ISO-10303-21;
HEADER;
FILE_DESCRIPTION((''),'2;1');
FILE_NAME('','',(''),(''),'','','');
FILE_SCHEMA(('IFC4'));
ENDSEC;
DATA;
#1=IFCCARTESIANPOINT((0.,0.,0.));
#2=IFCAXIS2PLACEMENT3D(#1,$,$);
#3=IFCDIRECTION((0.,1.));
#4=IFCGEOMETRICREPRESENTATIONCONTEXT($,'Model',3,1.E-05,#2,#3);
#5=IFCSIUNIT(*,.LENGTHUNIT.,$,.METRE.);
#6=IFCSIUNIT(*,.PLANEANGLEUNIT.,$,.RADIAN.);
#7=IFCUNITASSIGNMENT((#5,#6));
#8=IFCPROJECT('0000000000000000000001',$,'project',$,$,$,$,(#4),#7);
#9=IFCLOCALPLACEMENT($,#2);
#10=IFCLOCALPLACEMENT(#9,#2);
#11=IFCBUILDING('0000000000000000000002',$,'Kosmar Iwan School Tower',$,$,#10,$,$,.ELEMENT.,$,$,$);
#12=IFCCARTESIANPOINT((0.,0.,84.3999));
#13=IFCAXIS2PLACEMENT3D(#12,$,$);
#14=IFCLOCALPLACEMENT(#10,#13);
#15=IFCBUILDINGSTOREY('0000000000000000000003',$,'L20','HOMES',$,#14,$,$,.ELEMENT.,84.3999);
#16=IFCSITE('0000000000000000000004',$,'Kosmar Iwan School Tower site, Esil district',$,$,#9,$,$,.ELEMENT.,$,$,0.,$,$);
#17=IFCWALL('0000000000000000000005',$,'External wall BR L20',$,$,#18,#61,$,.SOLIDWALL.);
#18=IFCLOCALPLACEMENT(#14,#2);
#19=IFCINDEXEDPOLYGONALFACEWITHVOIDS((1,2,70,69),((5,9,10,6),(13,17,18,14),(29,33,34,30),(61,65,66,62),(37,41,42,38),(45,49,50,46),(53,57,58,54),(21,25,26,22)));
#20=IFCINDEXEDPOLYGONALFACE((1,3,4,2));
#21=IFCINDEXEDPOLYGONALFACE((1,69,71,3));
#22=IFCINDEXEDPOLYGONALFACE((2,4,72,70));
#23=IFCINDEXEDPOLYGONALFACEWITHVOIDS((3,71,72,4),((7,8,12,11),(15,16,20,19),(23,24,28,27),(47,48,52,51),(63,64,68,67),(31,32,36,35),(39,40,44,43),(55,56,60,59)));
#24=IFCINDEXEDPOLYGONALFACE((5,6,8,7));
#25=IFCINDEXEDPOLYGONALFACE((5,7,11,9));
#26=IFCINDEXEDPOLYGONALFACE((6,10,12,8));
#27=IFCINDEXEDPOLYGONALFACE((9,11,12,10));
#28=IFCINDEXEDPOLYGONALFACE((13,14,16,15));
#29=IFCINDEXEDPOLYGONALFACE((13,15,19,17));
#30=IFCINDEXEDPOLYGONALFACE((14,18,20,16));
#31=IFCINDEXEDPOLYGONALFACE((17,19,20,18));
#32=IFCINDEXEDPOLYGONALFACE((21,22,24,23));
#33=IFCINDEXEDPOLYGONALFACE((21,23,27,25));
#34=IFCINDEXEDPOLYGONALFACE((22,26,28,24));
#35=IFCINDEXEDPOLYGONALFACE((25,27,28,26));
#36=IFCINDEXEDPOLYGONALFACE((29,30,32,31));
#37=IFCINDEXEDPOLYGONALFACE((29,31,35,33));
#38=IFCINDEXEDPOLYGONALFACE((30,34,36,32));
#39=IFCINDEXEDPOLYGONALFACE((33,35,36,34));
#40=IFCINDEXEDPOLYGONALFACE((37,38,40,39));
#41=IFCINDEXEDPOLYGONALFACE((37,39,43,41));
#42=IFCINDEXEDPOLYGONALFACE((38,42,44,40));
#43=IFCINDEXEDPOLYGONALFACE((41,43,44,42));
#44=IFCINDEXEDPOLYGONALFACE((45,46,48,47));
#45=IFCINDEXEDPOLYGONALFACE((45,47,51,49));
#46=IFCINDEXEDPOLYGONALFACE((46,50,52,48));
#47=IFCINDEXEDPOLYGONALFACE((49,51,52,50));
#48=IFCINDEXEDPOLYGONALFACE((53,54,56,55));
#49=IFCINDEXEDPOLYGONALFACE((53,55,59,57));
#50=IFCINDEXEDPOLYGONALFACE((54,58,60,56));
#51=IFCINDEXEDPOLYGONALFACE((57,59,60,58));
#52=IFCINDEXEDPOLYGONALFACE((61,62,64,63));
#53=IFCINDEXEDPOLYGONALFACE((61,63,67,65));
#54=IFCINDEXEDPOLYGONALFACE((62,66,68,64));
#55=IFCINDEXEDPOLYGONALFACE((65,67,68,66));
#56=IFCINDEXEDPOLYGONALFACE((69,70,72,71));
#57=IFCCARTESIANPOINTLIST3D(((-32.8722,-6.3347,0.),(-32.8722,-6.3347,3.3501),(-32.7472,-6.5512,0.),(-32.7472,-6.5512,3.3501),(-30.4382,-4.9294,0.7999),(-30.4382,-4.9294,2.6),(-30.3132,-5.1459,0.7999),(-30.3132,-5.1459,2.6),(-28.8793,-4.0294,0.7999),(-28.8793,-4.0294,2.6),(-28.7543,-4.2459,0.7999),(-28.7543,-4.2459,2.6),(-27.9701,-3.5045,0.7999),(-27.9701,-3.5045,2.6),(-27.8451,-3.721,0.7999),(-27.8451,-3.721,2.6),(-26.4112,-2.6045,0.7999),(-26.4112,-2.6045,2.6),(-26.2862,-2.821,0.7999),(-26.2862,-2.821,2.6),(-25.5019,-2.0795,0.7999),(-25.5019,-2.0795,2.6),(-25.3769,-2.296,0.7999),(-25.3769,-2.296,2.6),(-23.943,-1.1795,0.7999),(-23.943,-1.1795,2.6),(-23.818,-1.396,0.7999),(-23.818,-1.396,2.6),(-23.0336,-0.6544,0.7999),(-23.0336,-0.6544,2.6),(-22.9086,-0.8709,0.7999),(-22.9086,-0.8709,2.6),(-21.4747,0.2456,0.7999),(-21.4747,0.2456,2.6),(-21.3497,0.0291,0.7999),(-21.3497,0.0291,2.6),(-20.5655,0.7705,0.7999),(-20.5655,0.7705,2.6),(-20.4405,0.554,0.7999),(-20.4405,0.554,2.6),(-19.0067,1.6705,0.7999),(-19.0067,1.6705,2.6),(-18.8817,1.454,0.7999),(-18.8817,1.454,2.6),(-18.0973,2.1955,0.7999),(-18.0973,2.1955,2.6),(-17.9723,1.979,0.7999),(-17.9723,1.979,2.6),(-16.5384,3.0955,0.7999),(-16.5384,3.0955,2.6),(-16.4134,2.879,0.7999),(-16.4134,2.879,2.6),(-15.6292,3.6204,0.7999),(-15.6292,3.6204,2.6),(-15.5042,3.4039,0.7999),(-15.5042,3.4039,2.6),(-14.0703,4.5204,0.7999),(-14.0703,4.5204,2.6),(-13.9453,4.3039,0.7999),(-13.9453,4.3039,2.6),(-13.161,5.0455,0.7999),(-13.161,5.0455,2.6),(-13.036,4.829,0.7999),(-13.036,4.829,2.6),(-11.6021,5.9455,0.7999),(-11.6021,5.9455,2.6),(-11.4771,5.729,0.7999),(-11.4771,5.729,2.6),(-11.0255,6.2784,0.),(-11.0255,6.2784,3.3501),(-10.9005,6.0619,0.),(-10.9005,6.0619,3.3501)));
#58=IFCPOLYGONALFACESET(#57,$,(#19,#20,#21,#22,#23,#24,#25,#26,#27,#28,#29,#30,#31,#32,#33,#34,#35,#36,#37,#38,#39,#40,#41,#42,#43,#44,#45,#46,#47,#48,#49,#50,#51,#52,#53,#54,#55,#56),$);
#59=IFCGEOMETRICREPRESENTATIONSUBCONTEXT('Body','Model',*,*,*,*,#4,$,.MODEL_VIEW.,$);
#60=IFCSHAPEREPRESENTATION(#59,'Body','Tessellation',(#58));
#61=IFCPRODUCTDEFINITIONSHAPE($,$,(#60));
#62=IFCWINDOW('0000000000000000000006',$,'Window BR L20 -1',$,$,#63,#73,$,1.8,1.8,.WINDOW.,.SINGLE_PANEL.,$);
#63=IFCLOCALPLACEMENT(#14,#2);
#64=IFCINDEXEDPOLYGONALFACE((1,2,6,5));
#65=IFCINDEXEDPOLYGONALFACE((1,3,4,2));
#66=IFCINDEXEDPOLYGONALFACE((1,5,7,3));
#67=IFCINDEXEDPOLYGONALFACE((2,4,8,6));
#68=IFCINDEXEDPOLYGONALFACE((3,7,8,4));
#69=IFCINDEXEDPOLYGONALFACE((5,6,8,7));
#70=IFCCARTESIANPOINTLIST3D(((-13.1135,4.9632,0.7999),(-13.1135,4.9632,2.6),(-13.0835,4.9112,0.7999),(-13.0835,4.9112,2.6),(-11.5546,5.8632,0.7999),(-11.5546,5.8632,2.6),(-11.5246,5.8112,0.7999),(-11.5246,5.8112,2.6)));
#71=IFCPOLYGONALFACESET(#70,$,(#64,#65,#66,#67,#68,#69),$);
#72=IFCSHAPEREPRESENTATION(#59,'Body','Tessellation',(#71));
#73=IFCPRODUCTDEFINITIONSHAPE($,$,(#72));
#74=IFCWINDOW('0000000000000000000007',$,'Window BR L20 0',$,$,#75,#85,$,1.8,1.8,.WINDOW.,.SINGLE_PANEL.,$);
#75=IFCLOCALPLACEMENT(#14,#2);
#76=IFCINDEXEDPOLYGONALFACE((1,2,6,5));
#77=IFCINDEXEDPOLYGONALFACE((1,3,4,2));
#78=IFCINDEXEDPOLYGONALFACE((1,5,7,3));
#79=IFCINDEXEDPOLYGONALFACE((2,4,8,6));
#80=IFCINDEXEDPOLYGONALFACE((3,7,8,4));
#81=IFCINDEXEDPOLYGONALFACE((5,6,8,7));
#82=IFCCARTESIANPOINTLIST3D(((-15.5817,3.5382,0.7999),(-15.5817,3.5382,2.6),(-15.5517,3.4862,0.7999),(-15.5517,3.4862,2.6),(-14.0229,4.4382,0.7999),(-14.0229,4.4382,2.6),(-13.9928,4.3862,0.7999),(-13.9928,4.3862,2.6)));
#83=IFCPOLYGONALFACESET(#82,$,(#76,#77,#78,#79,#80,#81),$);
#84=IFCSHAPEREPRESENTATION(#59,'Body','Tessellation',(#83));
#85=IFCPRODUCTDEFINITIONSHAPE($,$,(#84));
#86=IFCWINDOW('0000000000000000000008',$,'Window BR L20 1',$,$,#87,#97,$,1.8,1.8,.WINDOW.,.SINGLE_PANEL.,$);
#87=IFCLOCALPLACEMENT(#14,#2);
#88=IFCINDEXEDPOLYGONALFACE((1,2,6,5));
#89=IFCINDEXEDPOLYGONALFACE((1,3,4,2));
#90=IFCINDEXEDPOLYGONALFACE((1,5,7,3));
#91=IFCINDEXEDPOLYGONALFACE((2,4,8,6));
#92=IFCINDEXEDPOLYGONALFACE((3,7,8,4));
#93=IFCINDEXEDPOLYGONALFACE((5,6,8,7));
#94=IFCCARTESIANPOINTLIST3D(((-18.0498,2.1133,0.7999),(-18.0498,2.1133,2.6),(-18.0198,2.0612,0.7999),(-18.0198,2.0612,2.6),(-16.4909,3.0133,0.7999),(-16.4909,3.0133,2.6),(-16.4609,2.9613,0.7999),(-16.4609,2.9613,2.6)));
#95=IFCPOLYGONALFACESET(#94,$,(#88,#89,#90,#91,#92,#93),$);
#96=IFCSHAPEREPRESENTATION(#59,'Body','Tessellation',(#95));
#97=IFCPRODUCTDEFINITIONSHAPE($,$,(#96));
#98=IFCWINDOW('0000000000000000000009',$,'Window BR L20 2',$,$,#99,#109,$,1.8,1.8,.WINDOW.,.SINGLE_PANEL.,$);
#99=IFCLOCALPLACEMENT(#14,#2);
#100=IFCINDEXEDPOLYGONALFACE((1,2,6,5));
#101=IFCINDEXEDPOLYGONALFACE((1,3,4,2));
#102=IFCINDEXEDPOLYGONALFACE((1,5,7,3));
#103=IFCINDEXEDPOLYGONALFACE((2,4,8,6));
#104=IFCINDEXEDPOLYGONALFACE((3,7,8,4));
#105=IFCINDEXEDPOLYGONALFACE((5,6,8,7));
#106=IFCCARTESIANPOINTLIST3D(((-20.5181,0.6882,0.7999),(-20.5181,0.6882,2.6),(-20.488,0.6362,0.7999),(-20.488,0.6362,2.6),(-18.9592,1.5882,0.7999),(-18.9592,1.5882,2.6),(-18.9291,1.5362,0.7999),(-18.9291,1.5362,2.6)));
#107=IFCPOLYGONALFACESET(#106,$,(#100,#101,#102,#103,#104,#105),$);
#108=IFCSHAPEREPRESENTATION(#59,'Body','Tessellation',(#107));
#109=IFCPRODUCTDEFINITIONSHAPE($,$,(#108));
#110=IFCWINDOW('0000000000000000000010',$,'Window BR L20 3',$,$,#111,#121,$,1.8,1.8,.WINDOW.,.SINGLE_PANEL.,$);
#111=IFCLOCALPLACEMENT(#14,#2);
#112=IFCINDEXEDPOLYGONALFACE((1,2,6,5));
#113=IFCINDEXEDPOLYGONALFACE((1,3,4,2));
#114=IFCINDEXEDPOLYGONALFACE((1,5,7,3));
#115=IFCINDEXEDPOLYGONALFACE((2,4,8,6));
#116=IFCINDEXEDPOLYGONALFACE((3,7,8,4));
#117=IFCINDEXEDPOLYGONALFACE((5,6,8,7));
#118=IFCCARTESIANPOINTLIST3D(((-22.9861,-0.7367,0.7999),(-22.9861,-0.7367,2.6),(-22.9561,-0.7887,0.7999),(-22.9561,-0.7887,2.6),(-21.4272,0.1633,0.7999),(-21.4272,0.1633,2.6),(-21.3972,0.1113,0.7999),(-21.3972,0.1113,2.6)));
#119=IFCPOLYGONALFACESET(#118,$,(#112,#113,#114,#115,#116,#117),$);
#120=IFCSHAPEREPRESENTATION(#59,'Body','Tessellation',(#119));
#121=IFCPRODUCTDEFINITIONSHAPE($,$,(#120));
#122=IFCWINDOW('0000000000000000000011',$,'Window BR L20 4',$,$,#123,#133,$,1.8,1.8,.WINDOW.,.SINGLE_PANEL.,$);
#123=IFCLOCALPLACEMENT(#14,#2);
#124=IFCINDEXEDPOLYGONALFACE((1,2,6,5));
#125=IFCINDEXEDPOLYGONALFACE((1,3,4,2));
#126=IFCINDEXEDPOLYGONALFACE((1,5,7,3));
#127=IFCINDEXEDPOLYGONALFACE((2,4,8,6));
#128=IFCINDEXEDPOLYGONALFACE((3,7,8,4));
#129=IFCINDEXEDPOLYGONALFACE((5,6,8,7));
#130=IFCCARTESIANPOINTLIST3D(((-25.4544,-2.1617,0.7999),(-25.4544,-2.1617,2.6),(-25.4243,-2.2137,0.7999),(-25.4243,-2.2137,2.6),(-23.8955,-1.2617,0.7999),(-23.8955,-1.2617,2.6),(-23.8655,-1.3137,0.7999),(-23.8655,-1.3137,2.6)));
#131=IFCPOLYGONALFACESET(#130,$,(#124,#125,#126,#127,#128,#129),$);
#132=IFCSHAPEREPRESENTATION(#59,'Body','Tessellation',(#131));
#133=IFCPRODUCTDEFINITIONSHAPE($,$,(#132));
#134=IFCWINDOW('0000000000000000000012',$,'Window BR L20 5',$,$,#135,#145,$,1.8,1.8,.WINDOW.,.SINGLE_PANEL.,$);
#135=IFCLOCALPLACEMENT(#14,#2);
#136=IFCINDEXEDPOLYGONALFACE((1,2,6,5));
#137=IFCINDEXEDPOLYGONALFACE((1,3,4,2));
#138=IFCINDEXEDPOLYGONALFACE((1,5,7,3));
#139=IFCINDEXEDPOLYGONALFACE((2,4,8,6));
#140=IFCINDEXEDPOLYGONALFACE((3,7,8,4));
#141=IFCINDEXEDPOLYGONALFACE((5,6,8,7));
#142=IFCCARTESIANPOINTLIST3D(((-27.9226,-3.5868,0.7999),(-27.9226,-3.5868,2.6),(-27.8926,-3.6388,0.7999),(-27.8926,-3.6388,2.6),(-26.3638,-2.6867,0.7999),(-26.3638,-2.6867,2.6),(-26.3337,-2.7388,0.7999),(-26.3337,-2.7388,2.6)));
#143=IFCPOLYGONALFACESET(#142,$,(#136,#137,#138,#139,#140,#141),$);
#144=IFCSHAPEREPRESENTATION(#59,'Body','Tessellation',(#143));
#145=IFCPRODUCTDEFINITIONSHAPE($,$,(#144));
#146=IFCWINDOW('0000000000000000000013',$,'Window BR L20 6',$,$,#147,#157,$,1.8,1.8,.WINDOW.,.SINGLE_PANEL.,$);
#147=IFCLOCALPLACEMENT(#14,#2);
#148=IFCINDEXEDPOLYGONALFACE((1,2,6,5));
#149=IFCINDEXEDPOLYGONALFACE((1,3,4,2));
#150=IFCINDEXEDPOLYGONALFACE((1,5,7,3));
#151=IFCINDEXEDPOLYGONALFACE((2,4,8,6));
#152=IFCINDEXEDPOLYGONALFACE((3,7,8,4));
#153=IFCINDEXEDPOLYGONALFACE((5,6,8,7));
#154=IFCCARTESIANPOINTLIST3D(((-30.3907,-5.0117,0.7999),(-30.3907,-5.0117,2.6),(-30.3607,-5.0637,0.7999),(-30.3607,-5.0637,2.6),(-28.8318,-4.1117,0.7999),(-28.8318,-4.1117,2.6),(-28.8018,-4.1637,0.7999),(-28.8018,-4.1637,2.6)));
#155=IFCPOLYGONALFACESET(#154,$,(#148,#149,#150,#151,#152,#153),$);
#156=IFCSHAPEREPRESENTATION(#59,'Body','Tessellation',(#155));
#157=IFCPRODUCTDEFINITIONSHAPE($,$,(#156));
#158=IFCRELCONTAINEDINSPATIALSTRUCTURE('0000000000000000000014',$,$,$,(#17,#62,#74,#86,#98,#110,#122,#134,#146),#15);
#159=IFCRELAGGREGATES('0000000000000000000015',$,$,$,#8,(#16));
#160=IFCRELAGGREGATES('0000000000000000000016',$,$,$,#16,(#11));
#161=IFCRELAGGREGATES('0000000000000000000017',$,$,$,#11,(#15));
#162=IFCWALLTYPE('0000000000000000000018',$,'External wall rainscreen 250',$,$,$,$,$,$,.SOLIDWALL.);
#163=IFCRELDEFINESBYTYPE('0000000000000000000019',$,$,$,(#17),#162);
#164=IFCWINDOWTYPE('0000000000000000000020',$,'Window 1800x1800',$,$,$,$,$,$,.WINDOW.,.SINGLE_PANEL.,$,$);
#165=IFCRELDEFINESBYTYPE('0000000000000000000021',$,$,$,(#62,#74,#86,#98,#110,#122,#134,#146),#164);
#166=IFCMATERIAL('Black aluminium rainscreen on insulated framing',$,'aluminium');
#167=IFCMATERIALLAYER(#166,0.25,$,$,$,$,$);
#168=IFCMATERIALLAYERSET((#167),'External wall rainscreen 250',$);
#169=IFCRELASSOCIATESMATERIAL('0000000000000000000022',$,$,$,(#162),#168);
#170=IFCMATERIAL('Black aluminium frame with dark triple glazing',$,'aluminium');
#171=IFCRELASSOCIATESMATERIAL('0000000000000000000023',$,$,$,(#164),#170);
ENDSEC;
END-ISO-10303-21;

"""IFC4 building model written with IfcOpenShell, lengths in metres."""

from ifc_helpers import new_model, si_unit, direction, frame, frame_2d, origin, place, context, subcontext, project, spatial, rectangle, extrude, material, layer, layer_set, type_object, element, fill, save


model = new_model("IFC4")

# Units and contexts
model_context = context("Model", 3, precision=1e-05, world=origin(), true_north=direction((0.0, 1.0)))
body_context = subcontext(model_context, "Body", "Model", "MODEL_VIEW")
ifc_project = project(units=[si_unit("LENGTHUNIT", "METRE"), si_unit("PLANEANGLEUNIT", "RADIAN")], contexts=[model_context])

# Site, building, storey
site_placement = place(None, origin())
site = spatial("IfcSite", under=ifc_project, at=site_placement, Name="Kosmar Iwan School Tower site, Esil district", CompositionType="ELEMENT", RefElevation=0.0)
building_placement = place(site_placement, origin())
building = spatial("IfcBuilding", under=site, at=building_placement, Name="Kosmar Iwan School Tower", CompositionType="ELEMENT")
storey_placement = place(building_placement, frame((0.0, 0.0, 84.3999)))
storey = spatial("IfcBuildingStorey", under=building, at=storey_placement, Name="L20", Description="HOMES", CompositionType="ELEMENT", Elevation=84.3999)

# Wall, openings, windows
ifc_material_1 = material(Name="Black aluminium rainscreen on insulated framing", Category="aluminium")
ifc_layer = layer(ifc_material_1, 0.25)
ifc_layer_set = layer_set([ifc_layer], Name="External wall rainscreen 250")
wall_type = type_object("IfcWallType", Name="External wall rainscreen 250", PredefinedType="SOLIDWALL", material=ifc_layer_set)
ifc_material_2 = material(Name="Black aluminium frame with dark triple glazing", Category="aluminium")
window_type = type_object("IfcWindowType", Name="Window 1800x1800", PartitioningType="SINGLE_PANEL", PredefinedType="WINDOW", material=ifc_material_2)
wall_1_placement = place(storey_placement, frame((-10.9629, 6.1702, 0.0), z_axis=(0.0, 0.0, 1.0), x_axis=(-0.866028, -0.499996, 0.0)))
wall_1 = element("IfcWall", 1, at=wall_1_placement, inside=storey, type_object=wall_type, Name="External wall BR L20", PredefinedType="SOLIDWALL", context=body_context, shape_type="SweptSolid", body=[
    extrude(rectangle(XDim=25.2263, YDim=0.25, at=frame_2d((12.6133, 0.0))), origin(), (0.0, 0.0, 1.0), 3.3501),
])
opening_1_placement = place(wall_1_placement, frame((0.666, 0.0, 0.8)))
opening_1 = element("IfcOpeningElement", 2, at=opening_1_placement, cuts=wall_1, PredefinedType="OPENING", context=body_context, shape_type="SweptSolid", body=[
    extrude(rectangle(XDim=1.8, YDim=1.8, at=frame_2d((0.8999, 0.8999))), frame((0.0, 0.137, 0.0), z_axis=(0.0, -1.0, 0.0), x_axis=(1.0, 0.0, 0.0)), (0.0, 0.0, 1.0), 0.2739),
])
opening_2_placement = place(wall_1_placement, frame((3.5161, 0.0, 0.8)))
opening_2 = element("IfcOpeningElement", 3, at=opening_2_placement, cuts=wall_1, PredefinedType="OPENING", context=body_context, shape_type="SweptSolid", body=[
    extrude(rectangle(XDim=1.8, YDim=1.8, at=frame_2d((0.8999, 0.8999))), frame((0.0, 0.137, 0.0), z_axis=(0.0, -1.0, 0.0), x_axis=(1.0, 0.0, 0.0)), (0.0, 0.0, 1.0), 0.2739),
])
opening_3_placement = place(wall_1_placement, frame((6.366, 0.0, 0.8)))
opening_3 = element("IfcOpeningElement", 4, at=opening_3_placement, cuts=wall_1, PredefinedType="OPENING", context=body_context, shape_type="SweptSolid", body=[
    extrude(rectangle(XDim=1.8, YDim=1.8, at=frame_2d((0.8999, 0.8999))), frame((0.0, 0.137, 0.0), z_axis=(0.0, -1.0, 0.0), x_axis=(1.0, 0.0, 0.0)), (0.0, 0.0, 1.0), 0.2739),
])
opening_4_placement = place(wall_1_placement, frame((9.2161, 0.0, 0.8)))
opening_4 = element("IfcOpeningElement", 5, at=opening_4_placement, cuts=wall_1, PredefinedType="OPENING", context=body_context, shape_type="SweptSolid", body=[
    extrude(rectangle(XDim=1.8, YDim=1.8, at=frame_2d((0.8999, 0.8999))), frame((0.0, 0.137, 0.0), z_axis=(0.0, -1.0, 0.0), x_axis=(1.0, 0.0, 0.0)), (0.0, 0.0, 1.0), 0.2739),
])
opening_5_placement = place(wall_1_placement, frame((12.0659, 0.0, 0.8)))
opening_5 = element("IfcOpeningElement", 6, at=opening_5_placement, cuts=wall_1, PredefinedType="OPENING", context=body_context, shape_type="SweptSolid", body=[
    extrude(rectangle(XDim=1.8, YDim=1.8, at=frame_2d((0.8999, 0.8999))), frame((0.0, 0.137, 0.0), z_axis=(0.0, -1.0, 0.0), x_axis=(1.0, 0.0, 0.0)), (0.0, 0.0, 1.0), 0.2739),
])
opening_6_placement = place(wall_1_placement, frame((14.916, 0.0, 0.8)))
opening_6 = element("IfcOpeningElement", 7, at=opening_6_placement, cuts=wall_1, PredefinedType="OPENING", context=body_context, shape_type="SweptSolid", body=[
    extrude(rectangle(XDim=1.8, YDim=1.8, at=frame_2d((0.8999, 0.8999))), frame((0.0, 0.137, 0.0), z_axis=(0.0, -1.0, 0.0), x_axis=(1.0, 0.0, 0.0)), (0.0, 0.0, 1.0), 0.2739),
])
opening_7_placement = place(wall_1_placement, frame((17.7661, 0.0, 0.8)))
opening_7 = element("IfcOpeningElement", 8, at=opening_7_placement, cuts=wall_1, PredefinedType="OPENING", context=body_context, shape_type="SweptSolid", body=[
    extrude(rectangle(XDim=1.8, YDim=1.8, at=frame_2d((0.8999, 0.8999))), frame((0.0, 0.137, 0.0), z_axis=(0.0, -1.0, 0.0), x_axis=(1.0, 0.0, 0.0)), (0.0, 0.0, 1.0), 0.2739),
])
opening_8_placement = place(wall_1_placement, frame((20.616, 0.0, 0.8)))
opening_8 = element("IfcOpeningElement", 9, at=opening_8_placement, cuts=wall_1, PredefinedType="OPENING", context=body_context, shape_type="SweptSolid", body=[
    extrude(rectangle(XDim=1.8, YDim=1.8, at=frame_2d((0.8999, 0.8999))), frame((0.0, 0.137, 0.0), z_axis=(0.0, -1.0, 0.0), x_axis=(1.0, 0.0, 0.0)), (0.0, 0.0, 1.0), 0.2739),
])
window_1_placement = place(opening_1_placement, origin())
window_1 = element("IfcWindow", 10, at=window_1_placement, inside=storey, type_object=window_type, Name="Window BR L20 -1", OverallHeight=1.8, OverallWidth=1.8, PartitioningType="SINGLE_PANEL", PredefinedType="WINDOW", context=body_context, shape_type="SweptSolid", body=[
    extrude(rectangle(XDim=1.8, YDim=1.8, at=frame_2d((0.8999, 0.8999))), frame((0.0, 0.03, 0.0), z_axis=(0.0, -1.0, 0.0), x_axis=(1.0, 0.0, 0.0)), (0.0, 0.0, 1.0), 0.0601),
])
fill(opening_1, window_1)
window_2_placement = place(opening_2_placement, origin())
window_2 = element("IfcWindow", 11, at=window_2_placement, inside=storey, type_object=window_type, Name="Window BR L20 0", OverallHeight=1.8, OverallWidth=1.8, PartitioningType="SINGLE_PANEL", PredefinedType="WINDOW", context=body_context, shape_type="SweptSolid", body=[
    extrude(rectangle(XDim=1.8, YDim=1.8, at=frame_2d((0.8999, 0.8999))), frame((0.0, 0.03, 0.0), z_axis=(0.0, -1.0, 0.0), x_axis=(1.0, 0.0, 0.0)), (0.0, 0.0, 1.0), 0.0601),
])
fill(opening_2, window_2)
window_3_placement = place(opening_3_placement, origin())
window_3 = element("IfcWindow", 12, at=window_3_placement, inside=storey, type_object=window_type, Name="Window BR L20 1", OverallHeight=1.8, OverallWidth=1.8, PartitioningType="SINGLE_PANEL", PredefinedType="WINDOW", context=body_context, shape_type="SweptSolid", body=[
    extrude(rectangle(XDim=1.8, YDim=1.8, at=frame_2d((0.8999, 0.8999))), frame((0.0, 0.03, 0.0), z_axis=(0.0, -1.0, 0.0), x_axis=(1.0, 0.0, 0.0)), (0.0, 0.0, 1.0), 0.0601),
])
fill(opening_3, window_3)
window_4_placement = place(opening_4_placement, origin())
window_4 = element("IfcWindow", 13, at=window_4_placement, inside=storey, type_object=window_type, Name="Window BR L20 2", OverallHeight=1.8, OverallWidth=1.8, PartitioningType="SINGLE_PANEL", PredefinedType="WINDOW", context=body_context, shape_type="SweptSolid", body=[
    extrude(rectangle(XDim=1.8, YDim=1.8, at=frame_2d((0.8999, 0.8999))), frame((0.0, 0.03, 0.0), z_axis=(0.0, -1.0, 0.0), x_axis=(1.0, 0.0, 0.0)), (0.0, 0.0, 1.0), 0.0601),
])
fill(opening_4, window_4)
window_5_placement = place(opening_5_placement, origin())
window_5 = element("IfcWindow", 14, at=window_5_placement, inside=storey, type_object=window_type, Name="Window BR L20 3", OverallHeight=1.8, OverallWidth=1.8, PartitioningType="SINGLE_PANEL", PredefinedType="WINDOW", context=body_context, shape_type="SweptSolid", body=[
    extrude(rectangle(XDim=1.8, YDim=1.8, at=frame_2d((0.8999, 0.8999))), frame((0.0, 0.03, 0.0), z_axis=(0.0, -1.0, 0.0), x_axis=(1.0, 0.0, 0.0)), (0.0, 0.0, 1.0), 0.0601),
])
fill(opening_5, window_5)
window_6_placement = place(opening_6_placement, origin())
window_6 = element("IfcWindow", 15, at=window_6_placement, inside=storey, type_object=window_type, Name="Window BR L20 4", OverallHeight=1.8, OverallWidth=1.8, PartitioningType="SINGLE_PANEL", PredefinedType="WINDOW", context=body_context, shape_type="SweptSolid", body=[
    extrude(rectangle(XDim=1.8, YDim=1.8, at=frame_2d((0.8999, 0.8999))), frame((0.0, 0.03, 0.0), z_axis=(0.0, -1.0, 0.0), x_axis=(1.0, 0.0, 0.0)), (0.0, 0.0, 1.0), 0.0601),
])
fill(opening_6, window_6)
window_7_placement = place(opening_7_placement, origin())
window_7 = element("IfcWindow", 16, at=window_7_placement, inside=storey, type_object=window_type, Name="Window BR L20 5", OverallHeight=1.8, OverallWidth=1.8, PartitioningType="SINGLE_PANEL", PredefinedType="WINDOW", context=body_context, shape_type="SweptSolid", body=[
    extrude(rectangle(XDim=1.8, YDim=1.8, at=frame_2d((0.8999, 0.8999))), frame((0.0, 0.03, 0.0), z_axis=(0.0, -1.0, 0.0), x_axis=(1.0, 0.0, 0.0)), (0.0, 0.0, 1.0), 0.0601),
])
fill(opening_7, window_7)
window_8_placement = place(opening_8_placement, origin())
window_8 = element("IfcWindow", 17, at=window_8_placement, inside=storey, type_object=window_type, Name="Window BR L20 6", OverallHeight=1.8, OverallWidth=1.8, PartitioningType="SINGLE_PANEL", PredefinedType="WINDOW", context=body_context, shape_type="SweptSolid", body=[
    extrude(rectangle(XDim=1.8, YDim=1.8, at=frame_2d((0.8999, 0.8999))), frame((0.0, 0.03, 0.0), z_axis=(0.0, -1.0, 0.0), x_axis=(1.0, 0.0, 0.0)), (0.0, 0.0, 1.0), 0.0601),
])
fill(opening_8, window_8)

save(model, "model.ifc")
